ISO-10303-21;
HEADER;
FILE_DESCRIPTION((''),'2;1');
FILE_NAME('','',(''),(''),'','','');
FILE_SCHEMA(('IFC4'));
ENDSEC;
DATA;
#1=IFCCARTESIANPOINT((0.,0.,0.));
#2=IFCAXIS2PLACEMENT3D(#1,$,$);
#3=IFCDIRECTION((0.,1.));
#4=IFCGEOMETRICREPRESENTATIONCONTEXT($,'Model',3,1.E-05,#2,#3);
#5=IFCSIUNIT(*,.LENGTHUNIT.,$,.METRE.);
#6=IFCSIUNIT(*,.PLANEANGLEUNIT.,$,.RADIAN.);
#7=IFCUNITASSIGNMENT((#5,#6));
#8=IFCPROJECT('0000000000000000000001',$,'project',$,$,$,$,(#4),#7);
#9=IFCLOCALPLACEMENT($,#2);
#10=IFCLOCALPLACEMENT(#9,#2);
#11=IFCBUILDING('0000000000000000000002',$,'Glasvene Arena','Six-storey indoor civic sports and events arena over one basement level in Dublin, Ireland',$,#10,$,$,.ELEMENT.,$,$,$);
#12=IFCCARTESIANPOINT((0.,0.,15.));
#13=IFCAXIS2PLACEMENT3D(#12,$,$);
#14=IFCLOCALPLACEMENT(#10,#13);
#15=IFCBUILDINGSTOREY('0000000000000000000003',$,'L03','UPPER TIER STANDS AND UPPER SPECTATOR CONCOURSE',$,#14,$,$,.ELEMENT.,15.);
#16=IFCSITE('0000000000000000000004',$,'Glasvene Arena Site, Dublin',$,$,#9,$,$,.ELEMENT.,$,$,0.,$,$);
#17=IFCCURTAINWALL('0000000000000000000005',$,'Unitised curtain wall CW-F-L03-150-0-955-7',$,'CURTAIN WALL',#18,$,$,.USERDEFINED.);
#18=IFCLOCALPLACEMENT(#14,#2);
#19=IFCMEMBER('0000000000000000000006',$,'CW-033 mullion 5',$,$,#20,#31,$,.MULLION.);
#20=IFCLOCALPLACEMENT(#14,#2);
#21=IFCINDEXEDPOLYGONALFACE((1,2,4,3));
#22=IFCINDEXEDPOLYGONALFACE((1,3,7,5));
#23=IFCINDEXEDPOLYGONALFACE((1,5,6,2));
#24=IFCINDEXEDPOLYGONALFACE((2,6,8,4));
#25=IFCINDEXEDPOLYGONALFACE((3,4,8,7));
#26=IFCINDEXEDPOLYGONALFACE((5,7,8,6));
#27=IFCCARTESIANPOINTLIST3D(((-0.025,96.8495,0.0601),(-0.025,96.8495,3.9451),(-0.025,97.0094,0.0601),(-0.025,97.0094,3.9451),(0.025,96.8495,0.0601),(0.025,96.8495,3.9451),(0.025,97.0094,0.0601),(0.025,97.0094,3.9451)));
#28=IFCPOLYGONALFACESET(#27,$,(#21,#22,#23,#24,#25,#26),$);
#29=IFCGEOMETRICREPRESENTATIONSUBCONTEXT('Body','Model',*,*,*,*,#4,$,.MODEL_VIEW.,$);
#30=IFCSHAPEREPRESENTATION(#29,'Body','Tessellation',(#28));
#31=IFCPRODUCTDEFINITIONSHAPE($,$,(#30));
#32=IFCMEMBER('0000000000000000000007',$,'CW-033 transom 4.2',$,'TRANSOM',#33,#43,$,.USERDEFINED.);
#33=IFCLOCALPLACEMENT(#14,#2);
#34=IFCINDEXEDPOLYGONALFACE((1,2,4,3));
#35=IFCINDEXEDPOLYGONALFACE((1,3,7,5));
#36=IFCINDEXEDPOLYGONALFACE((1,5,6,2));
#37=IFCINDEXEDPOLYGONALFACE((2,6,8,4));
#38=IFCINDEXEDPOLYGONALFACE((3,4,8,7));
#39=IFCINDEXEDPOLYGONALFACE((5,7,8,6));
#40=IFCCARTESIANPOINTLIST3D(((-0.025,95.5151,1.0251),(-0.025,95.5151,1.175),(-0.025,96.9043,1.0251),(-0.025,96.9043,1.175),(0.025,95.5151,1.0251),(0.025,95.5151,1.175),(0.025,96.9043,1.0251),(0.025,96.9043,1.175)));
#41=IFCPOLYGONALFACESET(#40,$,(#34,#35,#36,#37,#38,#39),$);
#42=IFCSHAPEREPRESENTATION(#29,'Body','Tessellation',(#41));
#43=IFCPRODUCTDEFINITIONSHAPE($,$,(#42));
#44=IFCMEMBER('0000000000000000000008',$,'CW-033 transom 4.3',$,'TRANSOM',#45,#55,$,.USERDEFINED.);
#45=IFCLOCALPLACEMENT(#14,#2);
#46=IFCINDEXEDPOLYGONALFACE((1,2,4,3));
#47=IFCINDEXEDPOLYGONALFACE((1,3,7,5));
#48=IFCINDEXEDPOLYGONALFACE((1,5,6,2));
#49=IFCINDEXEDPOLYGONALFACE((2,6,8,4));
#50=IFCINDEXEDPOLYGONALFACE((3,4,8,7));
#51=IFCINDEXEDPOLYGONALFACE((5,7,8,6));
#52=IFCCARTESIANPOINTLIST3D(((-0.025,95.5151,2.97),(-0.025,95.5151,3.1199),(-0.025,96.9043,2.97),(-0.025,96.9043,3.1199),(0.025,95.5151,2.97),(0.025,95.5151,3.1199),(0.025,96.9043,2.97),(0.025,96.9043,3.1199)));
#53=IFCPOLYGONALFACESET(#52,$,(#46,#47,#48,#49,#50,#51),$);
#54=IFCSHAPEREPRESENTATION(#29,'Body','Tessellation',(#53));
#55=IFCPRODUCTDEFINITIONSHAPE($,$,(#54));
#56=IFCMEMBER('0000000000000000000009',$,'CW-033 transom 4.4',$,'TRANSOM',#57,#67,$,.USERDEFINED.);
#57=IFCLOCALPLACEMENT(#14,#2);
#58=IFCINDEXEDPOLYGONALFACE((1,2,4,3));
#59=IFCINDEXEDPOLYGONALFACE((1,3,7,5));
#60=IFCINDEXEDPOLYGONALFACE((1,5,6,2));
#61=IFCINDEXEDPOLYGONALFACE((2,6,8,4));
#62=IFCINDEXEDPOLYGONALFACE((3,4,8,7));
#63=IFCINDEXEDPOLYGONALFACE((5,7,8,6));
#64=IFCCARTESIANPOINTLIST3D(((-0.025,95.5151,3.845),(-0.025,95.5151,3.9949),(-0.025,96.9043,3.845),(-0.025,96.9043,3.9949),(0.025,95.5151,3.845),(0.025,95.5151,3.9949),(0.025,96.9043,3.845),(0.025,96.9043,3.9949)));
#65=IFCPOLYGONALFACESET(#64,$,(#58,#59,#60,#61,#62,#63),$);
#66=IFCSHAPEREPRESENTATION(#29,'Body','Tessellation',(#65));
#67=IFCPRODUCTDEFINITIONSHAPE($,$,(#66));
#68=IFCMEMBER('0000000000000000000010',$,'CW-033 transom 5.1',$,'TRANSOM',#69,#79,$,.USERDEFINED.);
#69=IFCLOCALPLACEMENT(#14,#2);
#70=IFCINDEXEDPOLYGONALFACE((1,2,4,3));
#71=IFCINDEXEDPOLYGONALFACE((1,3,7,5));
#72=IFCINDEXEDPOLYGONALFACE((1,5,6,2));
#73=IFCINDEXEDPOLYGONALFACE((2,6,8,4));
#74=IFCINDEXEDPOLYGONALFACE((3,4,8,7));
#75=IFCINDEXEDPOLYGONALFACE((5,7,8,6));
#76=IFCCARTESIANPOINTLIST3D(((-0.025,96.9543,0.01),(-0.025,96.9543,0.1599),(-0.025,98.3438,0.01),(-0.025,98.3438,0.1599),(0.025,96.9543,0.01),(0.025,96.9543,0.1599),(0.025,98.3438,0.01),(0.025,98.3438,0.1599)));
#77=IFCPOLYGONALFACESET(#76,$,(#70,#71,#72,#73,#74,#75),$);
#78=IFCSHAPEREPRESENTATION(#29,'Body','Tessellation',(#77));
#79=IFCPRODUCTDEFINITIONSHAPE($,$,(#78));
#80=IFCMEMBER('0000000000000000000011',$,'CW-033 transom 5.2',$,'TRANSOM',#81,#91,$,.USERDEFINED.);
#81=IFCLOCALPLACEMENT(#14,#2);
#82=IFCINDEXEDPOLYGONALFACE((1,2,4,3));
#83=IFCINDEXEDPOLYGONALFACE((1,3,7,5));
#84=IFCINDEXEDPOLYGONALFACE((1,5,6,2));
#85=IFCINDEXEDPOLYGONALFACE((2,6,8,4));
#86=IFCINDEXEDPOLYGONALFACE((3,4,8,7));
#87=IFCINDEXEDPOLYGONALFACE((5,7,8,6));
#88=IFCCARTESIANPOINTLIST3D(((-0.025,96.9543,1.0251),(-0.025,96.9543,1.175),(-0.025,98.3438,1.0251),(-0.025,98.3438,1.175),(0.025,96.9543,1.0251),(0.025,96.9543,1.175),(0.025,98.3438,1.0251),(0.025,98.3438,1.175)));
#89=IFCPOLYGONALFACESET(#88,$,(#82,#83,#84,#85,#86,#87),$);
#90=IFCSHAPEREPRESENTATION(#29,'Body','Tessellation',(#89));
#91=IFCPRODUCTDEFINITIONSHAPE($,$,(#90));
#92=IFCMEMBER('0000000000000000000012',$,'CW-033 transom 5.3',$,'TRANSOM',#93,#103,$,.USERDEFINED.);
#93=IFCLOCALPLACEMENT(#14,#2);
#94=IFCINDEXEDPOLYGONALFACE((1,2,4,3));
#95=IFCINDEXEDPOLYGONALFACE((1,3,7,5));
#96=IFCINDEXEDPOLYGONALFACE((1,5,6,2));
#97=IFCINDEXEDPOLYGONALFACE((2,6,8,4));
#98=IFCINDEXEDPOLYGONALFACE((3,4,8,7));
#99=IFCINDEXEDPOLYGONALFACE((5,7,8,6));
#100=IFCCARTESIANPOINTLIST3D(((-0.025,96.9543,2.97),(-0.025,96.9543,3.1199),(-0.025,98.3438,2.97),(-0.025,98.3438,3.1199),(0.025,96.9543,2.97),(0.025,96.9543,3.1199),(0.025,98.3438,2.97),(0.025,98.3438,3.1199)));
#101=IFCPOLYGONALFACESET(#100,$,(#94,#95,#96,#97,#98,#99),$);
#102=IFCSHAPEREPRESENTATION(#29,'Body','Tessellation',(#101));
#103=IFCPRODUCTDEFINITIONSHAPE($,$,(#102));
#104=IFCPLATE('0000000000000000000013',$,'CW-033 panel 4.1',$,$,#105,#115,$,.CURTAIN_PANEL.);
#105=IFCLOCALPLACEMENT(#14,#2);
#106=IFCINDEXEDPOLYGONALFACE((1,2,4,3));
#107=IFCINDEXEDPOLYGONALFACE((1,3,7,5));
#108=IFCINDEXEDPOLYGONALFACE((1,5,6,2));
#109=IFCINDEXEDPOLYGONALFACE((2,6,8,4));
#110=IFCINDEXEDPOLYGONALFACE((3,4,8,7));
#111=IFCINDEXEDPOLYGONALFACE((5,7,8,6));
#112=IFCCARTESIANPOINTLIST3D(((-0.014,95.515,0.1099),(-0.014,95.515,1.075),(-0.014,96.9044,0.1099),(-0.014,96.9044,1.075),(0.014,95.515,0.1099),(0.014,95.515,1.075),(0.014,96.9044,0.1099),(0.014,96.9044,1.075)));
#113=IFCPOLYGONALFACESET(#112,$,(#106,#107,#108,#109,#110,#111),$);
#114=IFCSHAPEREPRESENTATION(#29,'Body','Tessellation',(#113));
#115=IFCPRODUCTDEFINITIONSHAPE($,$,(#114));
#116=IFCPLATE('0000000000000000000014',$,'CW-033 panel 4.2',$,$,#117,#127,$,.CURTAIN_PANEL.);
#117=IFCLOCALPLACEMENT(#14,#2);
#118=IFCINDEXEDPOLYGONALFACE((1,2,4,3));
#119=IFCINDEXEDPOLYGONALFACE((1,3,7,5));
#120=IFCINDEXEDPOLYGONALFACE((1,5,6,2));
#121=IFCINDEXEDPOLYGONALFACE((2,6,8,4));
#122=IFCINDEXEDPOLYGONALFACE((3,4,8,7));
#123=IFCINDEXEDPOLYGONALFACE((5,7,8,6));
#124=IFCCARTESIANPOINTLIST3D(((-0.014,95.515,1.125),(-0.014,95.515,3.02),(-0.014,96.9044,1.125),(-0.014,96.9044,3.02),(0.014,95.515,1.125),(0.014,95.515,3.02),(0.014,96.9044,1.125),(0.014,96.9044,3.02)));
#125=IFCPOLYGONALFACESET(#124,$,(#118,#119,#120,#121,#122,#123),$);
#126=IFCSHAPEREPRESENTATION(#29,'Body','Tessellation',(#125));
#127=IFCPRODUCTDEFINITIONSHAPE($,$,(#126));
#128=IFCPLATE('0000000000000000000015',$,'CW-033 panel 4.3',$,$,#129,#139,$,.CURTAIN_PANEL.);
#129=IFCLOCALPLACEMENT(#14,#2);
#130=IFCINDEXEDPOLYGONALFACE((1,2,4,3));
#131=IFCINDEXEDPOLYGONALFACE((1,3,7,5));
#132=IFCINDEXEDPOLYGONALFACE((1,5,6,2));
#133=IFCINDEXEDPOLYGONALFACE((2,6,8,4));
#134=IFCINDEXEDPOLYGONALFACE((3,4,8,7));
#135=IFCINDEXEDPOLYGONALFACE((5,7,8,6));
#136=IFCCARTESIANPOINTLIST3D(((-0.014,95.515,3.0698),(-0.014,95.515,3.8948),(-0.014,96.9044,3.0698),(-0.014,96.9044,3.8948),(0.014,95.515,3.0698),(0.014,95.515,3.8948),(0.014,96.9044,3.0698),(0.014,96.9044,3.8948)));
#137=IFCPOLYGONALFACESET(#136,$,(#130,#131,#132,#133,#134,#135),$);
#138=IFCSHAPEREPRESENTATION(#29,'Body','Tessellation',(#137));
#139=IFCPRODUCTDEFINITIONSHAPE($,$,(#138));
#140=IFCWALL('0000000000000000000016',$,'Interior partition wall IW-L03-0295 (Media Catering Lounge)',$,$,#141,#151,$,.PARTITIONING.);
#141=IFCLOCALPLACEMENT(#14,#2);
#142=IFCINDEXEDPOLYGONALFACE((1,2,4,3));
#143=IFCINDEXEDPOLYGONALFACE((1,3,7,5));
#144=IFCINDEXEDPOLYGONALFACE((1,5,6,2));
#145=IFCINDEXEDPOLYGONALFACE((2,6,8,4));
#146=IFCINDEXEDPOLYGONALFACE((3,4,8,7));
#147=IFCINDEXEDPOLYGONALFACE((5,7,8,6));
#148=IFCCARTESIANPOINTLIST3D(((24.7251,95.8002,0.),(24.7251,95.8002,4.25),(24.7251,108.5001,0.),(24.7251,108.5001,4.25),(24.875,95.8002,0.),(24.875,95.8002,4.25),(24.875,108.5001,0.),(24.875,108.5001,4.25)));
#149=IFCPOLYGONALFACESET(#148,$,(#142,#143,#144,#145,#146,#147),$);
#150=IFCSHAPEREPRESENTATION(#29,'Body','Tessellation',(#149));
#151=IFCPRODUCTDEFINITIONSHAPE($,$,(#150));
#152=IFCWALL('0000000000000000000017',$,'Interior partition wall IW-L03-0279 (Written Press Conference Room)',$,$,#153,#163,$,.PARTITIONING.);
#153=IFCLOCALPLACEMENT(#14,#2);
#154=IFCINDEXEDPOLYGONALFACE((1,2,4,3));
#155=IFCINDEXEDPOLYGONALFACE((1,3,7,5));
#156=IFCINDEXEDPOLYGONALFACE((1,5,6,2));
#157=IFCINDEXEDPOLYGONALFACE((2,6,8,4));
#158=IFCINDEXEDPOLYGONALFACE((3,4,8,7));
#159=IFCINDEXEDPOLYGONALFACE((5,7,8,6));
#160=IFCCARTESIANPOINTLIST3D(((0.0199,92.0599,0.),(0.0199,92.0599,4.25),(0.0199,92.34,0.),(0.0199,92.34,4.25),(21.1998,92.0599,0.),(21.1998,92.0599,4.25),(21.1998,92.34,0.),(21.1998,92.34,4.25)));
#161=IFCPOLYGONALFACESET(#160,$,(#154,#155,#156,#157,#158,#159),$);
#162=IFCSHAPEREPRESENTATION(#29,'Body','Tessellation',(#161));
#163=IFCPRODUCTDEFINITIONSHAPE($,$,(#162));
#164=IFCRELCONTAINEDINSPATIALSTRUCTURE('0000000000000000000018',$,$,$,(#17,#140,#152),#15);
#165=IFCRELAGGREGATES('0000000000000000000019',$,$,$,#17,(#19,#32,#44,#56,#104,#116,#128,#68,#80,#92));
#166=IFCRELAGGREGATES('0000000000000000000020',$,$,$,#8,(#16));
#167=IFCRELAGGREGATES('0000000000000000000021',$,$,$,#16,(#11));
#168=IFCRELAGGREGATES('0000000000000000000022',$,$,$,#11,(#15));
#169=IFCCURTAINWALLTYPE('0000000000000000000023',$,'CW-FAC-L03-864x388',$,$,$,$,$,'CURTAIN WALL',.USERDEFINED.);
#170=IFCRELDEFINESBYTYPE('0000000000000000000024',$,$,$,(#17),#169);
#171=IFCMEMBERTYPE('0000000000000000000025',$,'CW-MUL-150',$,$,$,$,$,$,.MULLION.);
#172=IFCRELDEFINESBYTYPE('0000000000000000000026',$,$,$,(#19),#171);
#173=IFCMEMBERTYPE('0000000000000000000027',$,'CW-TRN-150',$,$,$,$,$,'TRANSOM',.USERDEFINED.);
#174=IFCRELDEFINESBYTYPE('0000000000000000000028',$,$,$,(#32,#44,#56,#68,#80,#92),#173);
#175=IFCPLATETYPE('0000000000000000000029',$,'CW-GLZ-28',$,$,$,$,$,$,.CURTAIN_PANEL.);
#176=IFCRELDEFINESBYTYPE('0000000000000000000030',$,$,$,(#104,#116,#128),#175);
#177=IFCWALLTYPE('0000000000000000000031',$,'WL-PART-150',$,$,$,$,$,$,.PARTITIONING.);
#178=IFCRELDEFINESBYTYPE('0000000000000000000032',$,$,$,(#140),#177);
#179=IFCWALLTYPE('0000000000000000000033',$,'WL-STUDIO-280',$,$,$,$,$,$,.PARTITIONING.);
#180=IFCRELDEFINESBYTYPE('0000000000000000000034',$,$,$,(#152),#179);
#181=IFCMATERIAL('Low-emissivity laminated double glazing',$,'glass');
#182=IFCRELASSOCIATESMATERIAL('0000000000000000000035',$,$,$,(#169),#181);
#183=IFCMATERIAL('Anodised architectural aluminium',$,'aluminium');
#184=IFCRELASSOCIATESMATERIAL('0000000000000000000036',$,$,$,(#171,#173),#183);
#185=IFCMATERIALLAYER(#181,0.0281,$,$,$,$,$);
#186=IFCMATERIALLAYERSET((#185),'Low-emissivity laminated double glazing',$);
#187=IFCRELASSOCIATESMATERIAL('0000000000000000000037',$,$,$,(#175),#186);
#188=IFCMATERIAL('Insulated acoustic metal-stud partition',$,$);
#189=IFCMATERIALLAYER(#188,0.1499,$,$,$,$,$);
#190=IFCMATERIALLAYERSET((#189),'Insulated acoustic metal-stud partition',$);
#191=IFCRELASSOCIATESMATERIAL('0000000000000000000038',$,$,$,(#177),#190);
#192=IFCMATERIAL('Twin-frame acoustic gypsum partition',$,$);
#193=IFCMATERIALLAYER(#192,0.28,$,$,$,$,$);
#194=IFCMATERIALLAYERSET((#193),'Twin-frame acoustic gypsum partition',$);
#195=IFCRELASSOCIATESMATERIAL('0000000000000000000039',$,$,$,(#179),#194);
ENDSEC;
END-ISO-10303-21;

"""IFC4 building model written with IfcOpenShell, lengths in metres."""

from ifc_helpers import new_model, si_unit, direction, frame, frame_2d, origin, origin_2d, place, context, subcontext, project, spatial, rectangle, extrude, material, layer, layer_set, material_profile, profile_set, type_object, element, aggregate, save


model = new_model("IFC4")

# Units and contexts
model_context = context("Model", 3, precision=1e-05, world=origin(), true_north=direction((0.0, 1.0)))
body_context = subcontext(model_context, "Body", "Model", "MODEL_VIEW")
ifc_project = project(units=[si_unit("LENGTHUNIT", "METRE"), si_unit("PLANEANGLEUNIT", "RADIAN")], contexts=[model_context])

# Site, building, storey
site_placement = place(None, origin())
site = spatial("IfcSite", under=ifc_project, at=site_placement, Name="Glasvene Arena Site, Dublin", CompositionType="ELEMENT", RefElevation=0.0)
building_placement = place(site_placement, origin())
building = spatial("IfcBuilding", under=site, at=building_placement, Name="Glasvene Arena", Description="Six-storey indoor civic sports and events arena over one basement level in Dublin, Ireland", CompositionType="ELEMENT")
storey_placement = place(building_placement, frame((0.0, 0.0, 15.0)))
storey = spatial("IfcBuildingStorey", under=building, at=storey_placement, Name="L03", Description="UPPER TIER STANDS AND UPPER SPECTATOR CONCOURSE", CompositionType="ELEMENT", Elevation=15.0)

# Curtain wall, members, plates
ifc_material_1 = material(Name="Low-emissivity laminated double glazing", Category="glass")
curtain_wall_type = type_object("IfcCurtainWallType", Name="CW-FAC-L03-864x388", ElementType="CURTAIN WALL", PredefinedType="USERDEFINED", material=ifc_material_1)
curtain_wall_placement = place(storey_placement, frame((0.0, 91.1721, 0.0)))
curtain_wall = element("IfcCurtainWall", 1, at=curtain_wall_placement, inside=storey, type_object=curtain_wall_type, Name="Unitised curtain wall CW-F-L03-150-0-955-7", ObjectType="CURTAIN WALL", PredefinedType="USERDEFINED")
ifc_material_2 = material(Name="Anodised architectural aluminium", Category="aluminium")
ifc_material_profile_1 = material_profile(ifc_material_2, rectangle(XDim=0.05, YDim=0.1599, at=origin_2d()), Name="ALU MULLION 50x160")
ifc_profile_set_1 = profile_set([ifc_material_profile_1], Name="Anodised architectural aluminium")
member_type_1 = type_object("IfcMemberType", Name="CW-MUL-150", PredefinedType="MULLION", material=ifc_profile_set_1)
member_1_placement = place(storey_placement, frame((0.0, 96.9294, 0.0601), z_axis=(0.0, 0.0, 1.0), x_axis=(-1.0, 0.0, 0.0)))
member_1 = element("IfcMember", 2, at=member_1_placement, type_object=member_type_1, Name="CW-033 mullion 5", PredefinedType="MULLION", context=body_context, shape_type="SweptSolid", body=[
    extrude(rectangle(XDim=0.05, YDim=0.1599, at=origin_2d()), origin(), (0.0, 0.0, 1.0), 3.885),
])
ifc_material_profile_2 = material_profile(ifc_material_2, rectangle(XDim=0.05, YDim=0.1499, at=origin_2d()), Name="ALU TRANSOM 50x150")
ifc_profile_set_2 = profile_set([ifc_material_profile_2], Name="Anodised architectural aluminium")
member_type_2 = type_object("IfcMemberType", Name="CW-TRN-150", ElementType="TRANSOM", PredefinedType="USERDEFINED", material=ifc_profile_set_2)
member_2_placement = place(storey_placement, frame((0.0, 95.5151, 1.1001), z_axis=(0.0, 1.0, 0.0), x_axis=(-1.0, 0.0, 0.0)))
member_2 = element("IfcMember", 3, at=member_2_placement, type_object=member_type_2, Name="CW-033 transom 4.2", ObjectType="TRANSOM", PredefinedType="USERDEFINED", context=body_context, shape_type="SweptSolid", body=[
    extrude(rectangle(XDim=0.05, YDim=0.1499, at=origin_2d()), origin(), (0.0, 0.0, 1.0), 1.3892),
])
member_3_placement = place(storey_placement, frame((0.0, 95.5151, 3.0449), z_axis=(0.0, 1.0, 0.0), x_axis=(-1.0, 0.0, 0.0)))
member_3 = element("IfcMember", 4, at=member_3_placement, type_object=member_type_2, Name="CW-033 transom 4.3", ObjectType="TRANSOM", PredefinedType="USERDEFINED", context=body_context, shape_type="SweptSolid", body=[
    extrude(rectangle(XDim=0.05, YDim=0.1499, at=origin_2d()), origin(), (0.0, 0.0, 1.0), 1.3892),
])
member_4_placement = place(storey_placement, frame((0.0, 95.5151, 3.9199), z_axis=(0.0, 1.0, 0.0), x_axis=(-1.0, 0.0, 0.0)))
member_4 = element("IfcMember", 5, at=member_4_placement, type_object=member_type_2, Name="CW-033 transom 4.4", ObjectType="TRANSOM", PredefinedType="USERDEFINED", context=body_context, shape_type="SweptSolid", body=[
    extrude(rectangle(XDim=0.05, YDim=0.1499, at=origin_2d()), origin(), (0.0, 0.0, 1.0), 1.3892),
])
member_5_placement = place(storey_placement, frame((0.0, 96.9543, 0.085), z_axis=(0.0, 1.0, 0.0), x_axis=(-1.0, 0.0, 0.0)))
member_5 = element("IfcMember", 6, at=member_5_placement, type_object=member_type_2, Name="CW-033 transom 5.1", ObjectType="TRANSOM", PredefinedType="USERDEFINED", context=body_context, shape_type="SweptSolid", body=[
    extrude(rectangle(XDim=0.05, YDim=0.1499, at=origin_2d()), origin(), (0.0, 0.0, 1.0), 1.3894),
])
member_6_placement = place(storey_placement, frame((0.0, 96.9543, 1.1001), z_axis=(0.0, 1.0, 0.0), x_axis=(-1.0, 0.0, 0.0)))
member_6 = element("IfcMember", 7, at=member_6_placement, type_object=member_type_2, Name="CW-033 transom 5.2", ObjectType="TRANSOM", PredefinedType="USERDEFINED", context=body_context, shape_type="SweptSolid", body=[
    extrude(rectangle(XDim=0.05, YDim=0.1499, at=origin_2d()), origin(), (0.0, 0.0, 1.0), 1.3894),
])
member_7_placement = place(storey_placement, frame((0.0, 96.9543, 3.0449), z_axis=(0.0, 1.0, 0.0), x_axis=(-1.0, 0.0, 0.0)))
member_7 = element("IfcMember", 8, at=member_7_placement, type_object=member_type_2, Name="CW-033 transom 5.3", ObjectType="TRANSOM", PredefinedType="USERDEFINED", context=body_context, shape_type="SweptSolid", body=[
    extrude(rectangle(XDim=0.05, YDim=0.1499, at=origin_2d()), origin(), (0.0, 0.0, 1.0), 1.3894),
])
ifc_layer_1 = layer(ifc_material_1, 0.0281)
ifc_layer_set_1 = layer_set([ifc_layer_1], Name="Low-emissivity laminated double glazing")
plate_type = type_object("IfcPlateType", Name="CW-GLZ-28", PredefinedType="CURTAIN_PANEL", material=ifc_layer_set_1)
plate_1_placement = place(storey_placement, frame((0.0, 96.2097, 0.1099), z_axis=(0.0, 0.0, 1.0), x_axis=(0.0, 1.0, 0.0)))
plate_1 = element("IfcPlate", 9, at=plate_1_placement, type_object=plate_type, Name="CW-033 panel 4.1", PredefinedType="CURTAIN_PANEL", context=body_context, shape_type="SweptSolid", body=[
    extrude(rectangle(XDim=1.3894, YDim=0.0281, at=origin_2d()), origin(), (0.0, 0.0, 1.0), 0.9651),
])
plate_2_placement = place(storey_placement, frame((0.0, 96.2097, 1.125), z_axis=(0.0, 0.0, 1.0), x_axis=(0.0, 1.0, 0.0)))
plate_2 = element("IfcPlate", 10, at=plate_2_placement, type_object=plate_type, Name="CW-033 panel 4.2", PredefinedType="CURTAIN_PANEL", context=body_context, shape_type="SweptSolid", body=[
    extrude(rectangle(XDim=1.3894, YDim=0.0281, at=origin_2d()), origin(), (0.0, 0.0, 1.0), 1.895),
])
plate_3_placement = place(storey_placement, frame((0.0, 96.2097, 3.0698), z_axis=(0.0, 0.0, 1.0), x_axis=(0.0, 1.0, 0.0)))
plate_3 = element("IfcPlate", 11, at=plate_3_placement, type_object=plate_type, Name="CW-033 panel 4.3", PredefinedType="CURTAIN_PANEL", context=body_context, shape_type="SweptSolid", body=[
    extrude(rectangle(XDim=1.3894, YDim=0.0281, at=origin_2d()), origin(), (0.0, 0.0, 1.0), 0.825),
])
aggregate(curtain_wall, [member_1, member_2, member_3, member_4, plate_1, plate_2, plate_3, member_5, member_6, member_7])

# Walls
ifc_material_3 = material(Name="Insulated acoustic metal-stud partition")
ifc_layer_2 = layer(ifc_material_3, 0.1499)
ifc_layer_set_2 = layer_set([ifc_layer_2], Name="Insulated acoustic metal-stud partition")
wall_type_1 = type_object("IfcWallType", Name="WL-PART-150", PredefinedType="PARTITIONING", material=ifc_layer_set_2)
wall_1_placement = place(storey_placement, frame((24.8, 95.8, 0.0), z_axis=(0.0, 0.0, 1.0), x_axis=(0.0, 1.0, 0.0)))
element("IfcWall", 12, at=wall_1_placement, inside=storey, type_object=wall_type_1, Name="Interior partition wall IW-L03-0295 (Media Catering Lounge)", PredefinedType="PARTITIONING", context=body_context, shape_type="SweptSolid", body=[
    extrude(rectangle(XDim=12.7, YDim=0.1499, at=frame_2d((6.3501, 0.0))), origin(), (0.0, 0.0, 1.0), 4.25),
])
ifc_material_4 = material(Name="Twin-frame acoustic gypsum partition")
ifc_layer_3 = layer(ifc_material_4, 0.28)
ifc_layer_set_3 = layer_set([ifc_layer_3], Name="Twin-frame acoustic gypsum partition")
wall_type_2 = type_object("IfcWallType", Name="WL-STUDIO-280", PredefinedType="PARTITIONING", material=ifc_layer_set_3)
wall_2_placement = place(storey_placement, frame((0.02, 92.2, 0.0), z_axis=(0.0, 0.0, 1.0), x_axis=(1.0, 0.0, 0.0)))
element("IfcWall", 13, at=wall_2_placement, inside=storey, type_object=wall_type_2, Name="Interior partition wall IW-L03-0279 (Written Press Conference Room)", PredefinedType="PARTITIONING", context=body_context, shape_type="SweptSolid", body=[
    extrude(rectangle(XDim=21.1799, YDim=0.28, at=frame_2d((10.5898, 0.0))), origin(), (0.0, 0.0, 1.0), 4.25),
])

save(model, "model.ifc")
